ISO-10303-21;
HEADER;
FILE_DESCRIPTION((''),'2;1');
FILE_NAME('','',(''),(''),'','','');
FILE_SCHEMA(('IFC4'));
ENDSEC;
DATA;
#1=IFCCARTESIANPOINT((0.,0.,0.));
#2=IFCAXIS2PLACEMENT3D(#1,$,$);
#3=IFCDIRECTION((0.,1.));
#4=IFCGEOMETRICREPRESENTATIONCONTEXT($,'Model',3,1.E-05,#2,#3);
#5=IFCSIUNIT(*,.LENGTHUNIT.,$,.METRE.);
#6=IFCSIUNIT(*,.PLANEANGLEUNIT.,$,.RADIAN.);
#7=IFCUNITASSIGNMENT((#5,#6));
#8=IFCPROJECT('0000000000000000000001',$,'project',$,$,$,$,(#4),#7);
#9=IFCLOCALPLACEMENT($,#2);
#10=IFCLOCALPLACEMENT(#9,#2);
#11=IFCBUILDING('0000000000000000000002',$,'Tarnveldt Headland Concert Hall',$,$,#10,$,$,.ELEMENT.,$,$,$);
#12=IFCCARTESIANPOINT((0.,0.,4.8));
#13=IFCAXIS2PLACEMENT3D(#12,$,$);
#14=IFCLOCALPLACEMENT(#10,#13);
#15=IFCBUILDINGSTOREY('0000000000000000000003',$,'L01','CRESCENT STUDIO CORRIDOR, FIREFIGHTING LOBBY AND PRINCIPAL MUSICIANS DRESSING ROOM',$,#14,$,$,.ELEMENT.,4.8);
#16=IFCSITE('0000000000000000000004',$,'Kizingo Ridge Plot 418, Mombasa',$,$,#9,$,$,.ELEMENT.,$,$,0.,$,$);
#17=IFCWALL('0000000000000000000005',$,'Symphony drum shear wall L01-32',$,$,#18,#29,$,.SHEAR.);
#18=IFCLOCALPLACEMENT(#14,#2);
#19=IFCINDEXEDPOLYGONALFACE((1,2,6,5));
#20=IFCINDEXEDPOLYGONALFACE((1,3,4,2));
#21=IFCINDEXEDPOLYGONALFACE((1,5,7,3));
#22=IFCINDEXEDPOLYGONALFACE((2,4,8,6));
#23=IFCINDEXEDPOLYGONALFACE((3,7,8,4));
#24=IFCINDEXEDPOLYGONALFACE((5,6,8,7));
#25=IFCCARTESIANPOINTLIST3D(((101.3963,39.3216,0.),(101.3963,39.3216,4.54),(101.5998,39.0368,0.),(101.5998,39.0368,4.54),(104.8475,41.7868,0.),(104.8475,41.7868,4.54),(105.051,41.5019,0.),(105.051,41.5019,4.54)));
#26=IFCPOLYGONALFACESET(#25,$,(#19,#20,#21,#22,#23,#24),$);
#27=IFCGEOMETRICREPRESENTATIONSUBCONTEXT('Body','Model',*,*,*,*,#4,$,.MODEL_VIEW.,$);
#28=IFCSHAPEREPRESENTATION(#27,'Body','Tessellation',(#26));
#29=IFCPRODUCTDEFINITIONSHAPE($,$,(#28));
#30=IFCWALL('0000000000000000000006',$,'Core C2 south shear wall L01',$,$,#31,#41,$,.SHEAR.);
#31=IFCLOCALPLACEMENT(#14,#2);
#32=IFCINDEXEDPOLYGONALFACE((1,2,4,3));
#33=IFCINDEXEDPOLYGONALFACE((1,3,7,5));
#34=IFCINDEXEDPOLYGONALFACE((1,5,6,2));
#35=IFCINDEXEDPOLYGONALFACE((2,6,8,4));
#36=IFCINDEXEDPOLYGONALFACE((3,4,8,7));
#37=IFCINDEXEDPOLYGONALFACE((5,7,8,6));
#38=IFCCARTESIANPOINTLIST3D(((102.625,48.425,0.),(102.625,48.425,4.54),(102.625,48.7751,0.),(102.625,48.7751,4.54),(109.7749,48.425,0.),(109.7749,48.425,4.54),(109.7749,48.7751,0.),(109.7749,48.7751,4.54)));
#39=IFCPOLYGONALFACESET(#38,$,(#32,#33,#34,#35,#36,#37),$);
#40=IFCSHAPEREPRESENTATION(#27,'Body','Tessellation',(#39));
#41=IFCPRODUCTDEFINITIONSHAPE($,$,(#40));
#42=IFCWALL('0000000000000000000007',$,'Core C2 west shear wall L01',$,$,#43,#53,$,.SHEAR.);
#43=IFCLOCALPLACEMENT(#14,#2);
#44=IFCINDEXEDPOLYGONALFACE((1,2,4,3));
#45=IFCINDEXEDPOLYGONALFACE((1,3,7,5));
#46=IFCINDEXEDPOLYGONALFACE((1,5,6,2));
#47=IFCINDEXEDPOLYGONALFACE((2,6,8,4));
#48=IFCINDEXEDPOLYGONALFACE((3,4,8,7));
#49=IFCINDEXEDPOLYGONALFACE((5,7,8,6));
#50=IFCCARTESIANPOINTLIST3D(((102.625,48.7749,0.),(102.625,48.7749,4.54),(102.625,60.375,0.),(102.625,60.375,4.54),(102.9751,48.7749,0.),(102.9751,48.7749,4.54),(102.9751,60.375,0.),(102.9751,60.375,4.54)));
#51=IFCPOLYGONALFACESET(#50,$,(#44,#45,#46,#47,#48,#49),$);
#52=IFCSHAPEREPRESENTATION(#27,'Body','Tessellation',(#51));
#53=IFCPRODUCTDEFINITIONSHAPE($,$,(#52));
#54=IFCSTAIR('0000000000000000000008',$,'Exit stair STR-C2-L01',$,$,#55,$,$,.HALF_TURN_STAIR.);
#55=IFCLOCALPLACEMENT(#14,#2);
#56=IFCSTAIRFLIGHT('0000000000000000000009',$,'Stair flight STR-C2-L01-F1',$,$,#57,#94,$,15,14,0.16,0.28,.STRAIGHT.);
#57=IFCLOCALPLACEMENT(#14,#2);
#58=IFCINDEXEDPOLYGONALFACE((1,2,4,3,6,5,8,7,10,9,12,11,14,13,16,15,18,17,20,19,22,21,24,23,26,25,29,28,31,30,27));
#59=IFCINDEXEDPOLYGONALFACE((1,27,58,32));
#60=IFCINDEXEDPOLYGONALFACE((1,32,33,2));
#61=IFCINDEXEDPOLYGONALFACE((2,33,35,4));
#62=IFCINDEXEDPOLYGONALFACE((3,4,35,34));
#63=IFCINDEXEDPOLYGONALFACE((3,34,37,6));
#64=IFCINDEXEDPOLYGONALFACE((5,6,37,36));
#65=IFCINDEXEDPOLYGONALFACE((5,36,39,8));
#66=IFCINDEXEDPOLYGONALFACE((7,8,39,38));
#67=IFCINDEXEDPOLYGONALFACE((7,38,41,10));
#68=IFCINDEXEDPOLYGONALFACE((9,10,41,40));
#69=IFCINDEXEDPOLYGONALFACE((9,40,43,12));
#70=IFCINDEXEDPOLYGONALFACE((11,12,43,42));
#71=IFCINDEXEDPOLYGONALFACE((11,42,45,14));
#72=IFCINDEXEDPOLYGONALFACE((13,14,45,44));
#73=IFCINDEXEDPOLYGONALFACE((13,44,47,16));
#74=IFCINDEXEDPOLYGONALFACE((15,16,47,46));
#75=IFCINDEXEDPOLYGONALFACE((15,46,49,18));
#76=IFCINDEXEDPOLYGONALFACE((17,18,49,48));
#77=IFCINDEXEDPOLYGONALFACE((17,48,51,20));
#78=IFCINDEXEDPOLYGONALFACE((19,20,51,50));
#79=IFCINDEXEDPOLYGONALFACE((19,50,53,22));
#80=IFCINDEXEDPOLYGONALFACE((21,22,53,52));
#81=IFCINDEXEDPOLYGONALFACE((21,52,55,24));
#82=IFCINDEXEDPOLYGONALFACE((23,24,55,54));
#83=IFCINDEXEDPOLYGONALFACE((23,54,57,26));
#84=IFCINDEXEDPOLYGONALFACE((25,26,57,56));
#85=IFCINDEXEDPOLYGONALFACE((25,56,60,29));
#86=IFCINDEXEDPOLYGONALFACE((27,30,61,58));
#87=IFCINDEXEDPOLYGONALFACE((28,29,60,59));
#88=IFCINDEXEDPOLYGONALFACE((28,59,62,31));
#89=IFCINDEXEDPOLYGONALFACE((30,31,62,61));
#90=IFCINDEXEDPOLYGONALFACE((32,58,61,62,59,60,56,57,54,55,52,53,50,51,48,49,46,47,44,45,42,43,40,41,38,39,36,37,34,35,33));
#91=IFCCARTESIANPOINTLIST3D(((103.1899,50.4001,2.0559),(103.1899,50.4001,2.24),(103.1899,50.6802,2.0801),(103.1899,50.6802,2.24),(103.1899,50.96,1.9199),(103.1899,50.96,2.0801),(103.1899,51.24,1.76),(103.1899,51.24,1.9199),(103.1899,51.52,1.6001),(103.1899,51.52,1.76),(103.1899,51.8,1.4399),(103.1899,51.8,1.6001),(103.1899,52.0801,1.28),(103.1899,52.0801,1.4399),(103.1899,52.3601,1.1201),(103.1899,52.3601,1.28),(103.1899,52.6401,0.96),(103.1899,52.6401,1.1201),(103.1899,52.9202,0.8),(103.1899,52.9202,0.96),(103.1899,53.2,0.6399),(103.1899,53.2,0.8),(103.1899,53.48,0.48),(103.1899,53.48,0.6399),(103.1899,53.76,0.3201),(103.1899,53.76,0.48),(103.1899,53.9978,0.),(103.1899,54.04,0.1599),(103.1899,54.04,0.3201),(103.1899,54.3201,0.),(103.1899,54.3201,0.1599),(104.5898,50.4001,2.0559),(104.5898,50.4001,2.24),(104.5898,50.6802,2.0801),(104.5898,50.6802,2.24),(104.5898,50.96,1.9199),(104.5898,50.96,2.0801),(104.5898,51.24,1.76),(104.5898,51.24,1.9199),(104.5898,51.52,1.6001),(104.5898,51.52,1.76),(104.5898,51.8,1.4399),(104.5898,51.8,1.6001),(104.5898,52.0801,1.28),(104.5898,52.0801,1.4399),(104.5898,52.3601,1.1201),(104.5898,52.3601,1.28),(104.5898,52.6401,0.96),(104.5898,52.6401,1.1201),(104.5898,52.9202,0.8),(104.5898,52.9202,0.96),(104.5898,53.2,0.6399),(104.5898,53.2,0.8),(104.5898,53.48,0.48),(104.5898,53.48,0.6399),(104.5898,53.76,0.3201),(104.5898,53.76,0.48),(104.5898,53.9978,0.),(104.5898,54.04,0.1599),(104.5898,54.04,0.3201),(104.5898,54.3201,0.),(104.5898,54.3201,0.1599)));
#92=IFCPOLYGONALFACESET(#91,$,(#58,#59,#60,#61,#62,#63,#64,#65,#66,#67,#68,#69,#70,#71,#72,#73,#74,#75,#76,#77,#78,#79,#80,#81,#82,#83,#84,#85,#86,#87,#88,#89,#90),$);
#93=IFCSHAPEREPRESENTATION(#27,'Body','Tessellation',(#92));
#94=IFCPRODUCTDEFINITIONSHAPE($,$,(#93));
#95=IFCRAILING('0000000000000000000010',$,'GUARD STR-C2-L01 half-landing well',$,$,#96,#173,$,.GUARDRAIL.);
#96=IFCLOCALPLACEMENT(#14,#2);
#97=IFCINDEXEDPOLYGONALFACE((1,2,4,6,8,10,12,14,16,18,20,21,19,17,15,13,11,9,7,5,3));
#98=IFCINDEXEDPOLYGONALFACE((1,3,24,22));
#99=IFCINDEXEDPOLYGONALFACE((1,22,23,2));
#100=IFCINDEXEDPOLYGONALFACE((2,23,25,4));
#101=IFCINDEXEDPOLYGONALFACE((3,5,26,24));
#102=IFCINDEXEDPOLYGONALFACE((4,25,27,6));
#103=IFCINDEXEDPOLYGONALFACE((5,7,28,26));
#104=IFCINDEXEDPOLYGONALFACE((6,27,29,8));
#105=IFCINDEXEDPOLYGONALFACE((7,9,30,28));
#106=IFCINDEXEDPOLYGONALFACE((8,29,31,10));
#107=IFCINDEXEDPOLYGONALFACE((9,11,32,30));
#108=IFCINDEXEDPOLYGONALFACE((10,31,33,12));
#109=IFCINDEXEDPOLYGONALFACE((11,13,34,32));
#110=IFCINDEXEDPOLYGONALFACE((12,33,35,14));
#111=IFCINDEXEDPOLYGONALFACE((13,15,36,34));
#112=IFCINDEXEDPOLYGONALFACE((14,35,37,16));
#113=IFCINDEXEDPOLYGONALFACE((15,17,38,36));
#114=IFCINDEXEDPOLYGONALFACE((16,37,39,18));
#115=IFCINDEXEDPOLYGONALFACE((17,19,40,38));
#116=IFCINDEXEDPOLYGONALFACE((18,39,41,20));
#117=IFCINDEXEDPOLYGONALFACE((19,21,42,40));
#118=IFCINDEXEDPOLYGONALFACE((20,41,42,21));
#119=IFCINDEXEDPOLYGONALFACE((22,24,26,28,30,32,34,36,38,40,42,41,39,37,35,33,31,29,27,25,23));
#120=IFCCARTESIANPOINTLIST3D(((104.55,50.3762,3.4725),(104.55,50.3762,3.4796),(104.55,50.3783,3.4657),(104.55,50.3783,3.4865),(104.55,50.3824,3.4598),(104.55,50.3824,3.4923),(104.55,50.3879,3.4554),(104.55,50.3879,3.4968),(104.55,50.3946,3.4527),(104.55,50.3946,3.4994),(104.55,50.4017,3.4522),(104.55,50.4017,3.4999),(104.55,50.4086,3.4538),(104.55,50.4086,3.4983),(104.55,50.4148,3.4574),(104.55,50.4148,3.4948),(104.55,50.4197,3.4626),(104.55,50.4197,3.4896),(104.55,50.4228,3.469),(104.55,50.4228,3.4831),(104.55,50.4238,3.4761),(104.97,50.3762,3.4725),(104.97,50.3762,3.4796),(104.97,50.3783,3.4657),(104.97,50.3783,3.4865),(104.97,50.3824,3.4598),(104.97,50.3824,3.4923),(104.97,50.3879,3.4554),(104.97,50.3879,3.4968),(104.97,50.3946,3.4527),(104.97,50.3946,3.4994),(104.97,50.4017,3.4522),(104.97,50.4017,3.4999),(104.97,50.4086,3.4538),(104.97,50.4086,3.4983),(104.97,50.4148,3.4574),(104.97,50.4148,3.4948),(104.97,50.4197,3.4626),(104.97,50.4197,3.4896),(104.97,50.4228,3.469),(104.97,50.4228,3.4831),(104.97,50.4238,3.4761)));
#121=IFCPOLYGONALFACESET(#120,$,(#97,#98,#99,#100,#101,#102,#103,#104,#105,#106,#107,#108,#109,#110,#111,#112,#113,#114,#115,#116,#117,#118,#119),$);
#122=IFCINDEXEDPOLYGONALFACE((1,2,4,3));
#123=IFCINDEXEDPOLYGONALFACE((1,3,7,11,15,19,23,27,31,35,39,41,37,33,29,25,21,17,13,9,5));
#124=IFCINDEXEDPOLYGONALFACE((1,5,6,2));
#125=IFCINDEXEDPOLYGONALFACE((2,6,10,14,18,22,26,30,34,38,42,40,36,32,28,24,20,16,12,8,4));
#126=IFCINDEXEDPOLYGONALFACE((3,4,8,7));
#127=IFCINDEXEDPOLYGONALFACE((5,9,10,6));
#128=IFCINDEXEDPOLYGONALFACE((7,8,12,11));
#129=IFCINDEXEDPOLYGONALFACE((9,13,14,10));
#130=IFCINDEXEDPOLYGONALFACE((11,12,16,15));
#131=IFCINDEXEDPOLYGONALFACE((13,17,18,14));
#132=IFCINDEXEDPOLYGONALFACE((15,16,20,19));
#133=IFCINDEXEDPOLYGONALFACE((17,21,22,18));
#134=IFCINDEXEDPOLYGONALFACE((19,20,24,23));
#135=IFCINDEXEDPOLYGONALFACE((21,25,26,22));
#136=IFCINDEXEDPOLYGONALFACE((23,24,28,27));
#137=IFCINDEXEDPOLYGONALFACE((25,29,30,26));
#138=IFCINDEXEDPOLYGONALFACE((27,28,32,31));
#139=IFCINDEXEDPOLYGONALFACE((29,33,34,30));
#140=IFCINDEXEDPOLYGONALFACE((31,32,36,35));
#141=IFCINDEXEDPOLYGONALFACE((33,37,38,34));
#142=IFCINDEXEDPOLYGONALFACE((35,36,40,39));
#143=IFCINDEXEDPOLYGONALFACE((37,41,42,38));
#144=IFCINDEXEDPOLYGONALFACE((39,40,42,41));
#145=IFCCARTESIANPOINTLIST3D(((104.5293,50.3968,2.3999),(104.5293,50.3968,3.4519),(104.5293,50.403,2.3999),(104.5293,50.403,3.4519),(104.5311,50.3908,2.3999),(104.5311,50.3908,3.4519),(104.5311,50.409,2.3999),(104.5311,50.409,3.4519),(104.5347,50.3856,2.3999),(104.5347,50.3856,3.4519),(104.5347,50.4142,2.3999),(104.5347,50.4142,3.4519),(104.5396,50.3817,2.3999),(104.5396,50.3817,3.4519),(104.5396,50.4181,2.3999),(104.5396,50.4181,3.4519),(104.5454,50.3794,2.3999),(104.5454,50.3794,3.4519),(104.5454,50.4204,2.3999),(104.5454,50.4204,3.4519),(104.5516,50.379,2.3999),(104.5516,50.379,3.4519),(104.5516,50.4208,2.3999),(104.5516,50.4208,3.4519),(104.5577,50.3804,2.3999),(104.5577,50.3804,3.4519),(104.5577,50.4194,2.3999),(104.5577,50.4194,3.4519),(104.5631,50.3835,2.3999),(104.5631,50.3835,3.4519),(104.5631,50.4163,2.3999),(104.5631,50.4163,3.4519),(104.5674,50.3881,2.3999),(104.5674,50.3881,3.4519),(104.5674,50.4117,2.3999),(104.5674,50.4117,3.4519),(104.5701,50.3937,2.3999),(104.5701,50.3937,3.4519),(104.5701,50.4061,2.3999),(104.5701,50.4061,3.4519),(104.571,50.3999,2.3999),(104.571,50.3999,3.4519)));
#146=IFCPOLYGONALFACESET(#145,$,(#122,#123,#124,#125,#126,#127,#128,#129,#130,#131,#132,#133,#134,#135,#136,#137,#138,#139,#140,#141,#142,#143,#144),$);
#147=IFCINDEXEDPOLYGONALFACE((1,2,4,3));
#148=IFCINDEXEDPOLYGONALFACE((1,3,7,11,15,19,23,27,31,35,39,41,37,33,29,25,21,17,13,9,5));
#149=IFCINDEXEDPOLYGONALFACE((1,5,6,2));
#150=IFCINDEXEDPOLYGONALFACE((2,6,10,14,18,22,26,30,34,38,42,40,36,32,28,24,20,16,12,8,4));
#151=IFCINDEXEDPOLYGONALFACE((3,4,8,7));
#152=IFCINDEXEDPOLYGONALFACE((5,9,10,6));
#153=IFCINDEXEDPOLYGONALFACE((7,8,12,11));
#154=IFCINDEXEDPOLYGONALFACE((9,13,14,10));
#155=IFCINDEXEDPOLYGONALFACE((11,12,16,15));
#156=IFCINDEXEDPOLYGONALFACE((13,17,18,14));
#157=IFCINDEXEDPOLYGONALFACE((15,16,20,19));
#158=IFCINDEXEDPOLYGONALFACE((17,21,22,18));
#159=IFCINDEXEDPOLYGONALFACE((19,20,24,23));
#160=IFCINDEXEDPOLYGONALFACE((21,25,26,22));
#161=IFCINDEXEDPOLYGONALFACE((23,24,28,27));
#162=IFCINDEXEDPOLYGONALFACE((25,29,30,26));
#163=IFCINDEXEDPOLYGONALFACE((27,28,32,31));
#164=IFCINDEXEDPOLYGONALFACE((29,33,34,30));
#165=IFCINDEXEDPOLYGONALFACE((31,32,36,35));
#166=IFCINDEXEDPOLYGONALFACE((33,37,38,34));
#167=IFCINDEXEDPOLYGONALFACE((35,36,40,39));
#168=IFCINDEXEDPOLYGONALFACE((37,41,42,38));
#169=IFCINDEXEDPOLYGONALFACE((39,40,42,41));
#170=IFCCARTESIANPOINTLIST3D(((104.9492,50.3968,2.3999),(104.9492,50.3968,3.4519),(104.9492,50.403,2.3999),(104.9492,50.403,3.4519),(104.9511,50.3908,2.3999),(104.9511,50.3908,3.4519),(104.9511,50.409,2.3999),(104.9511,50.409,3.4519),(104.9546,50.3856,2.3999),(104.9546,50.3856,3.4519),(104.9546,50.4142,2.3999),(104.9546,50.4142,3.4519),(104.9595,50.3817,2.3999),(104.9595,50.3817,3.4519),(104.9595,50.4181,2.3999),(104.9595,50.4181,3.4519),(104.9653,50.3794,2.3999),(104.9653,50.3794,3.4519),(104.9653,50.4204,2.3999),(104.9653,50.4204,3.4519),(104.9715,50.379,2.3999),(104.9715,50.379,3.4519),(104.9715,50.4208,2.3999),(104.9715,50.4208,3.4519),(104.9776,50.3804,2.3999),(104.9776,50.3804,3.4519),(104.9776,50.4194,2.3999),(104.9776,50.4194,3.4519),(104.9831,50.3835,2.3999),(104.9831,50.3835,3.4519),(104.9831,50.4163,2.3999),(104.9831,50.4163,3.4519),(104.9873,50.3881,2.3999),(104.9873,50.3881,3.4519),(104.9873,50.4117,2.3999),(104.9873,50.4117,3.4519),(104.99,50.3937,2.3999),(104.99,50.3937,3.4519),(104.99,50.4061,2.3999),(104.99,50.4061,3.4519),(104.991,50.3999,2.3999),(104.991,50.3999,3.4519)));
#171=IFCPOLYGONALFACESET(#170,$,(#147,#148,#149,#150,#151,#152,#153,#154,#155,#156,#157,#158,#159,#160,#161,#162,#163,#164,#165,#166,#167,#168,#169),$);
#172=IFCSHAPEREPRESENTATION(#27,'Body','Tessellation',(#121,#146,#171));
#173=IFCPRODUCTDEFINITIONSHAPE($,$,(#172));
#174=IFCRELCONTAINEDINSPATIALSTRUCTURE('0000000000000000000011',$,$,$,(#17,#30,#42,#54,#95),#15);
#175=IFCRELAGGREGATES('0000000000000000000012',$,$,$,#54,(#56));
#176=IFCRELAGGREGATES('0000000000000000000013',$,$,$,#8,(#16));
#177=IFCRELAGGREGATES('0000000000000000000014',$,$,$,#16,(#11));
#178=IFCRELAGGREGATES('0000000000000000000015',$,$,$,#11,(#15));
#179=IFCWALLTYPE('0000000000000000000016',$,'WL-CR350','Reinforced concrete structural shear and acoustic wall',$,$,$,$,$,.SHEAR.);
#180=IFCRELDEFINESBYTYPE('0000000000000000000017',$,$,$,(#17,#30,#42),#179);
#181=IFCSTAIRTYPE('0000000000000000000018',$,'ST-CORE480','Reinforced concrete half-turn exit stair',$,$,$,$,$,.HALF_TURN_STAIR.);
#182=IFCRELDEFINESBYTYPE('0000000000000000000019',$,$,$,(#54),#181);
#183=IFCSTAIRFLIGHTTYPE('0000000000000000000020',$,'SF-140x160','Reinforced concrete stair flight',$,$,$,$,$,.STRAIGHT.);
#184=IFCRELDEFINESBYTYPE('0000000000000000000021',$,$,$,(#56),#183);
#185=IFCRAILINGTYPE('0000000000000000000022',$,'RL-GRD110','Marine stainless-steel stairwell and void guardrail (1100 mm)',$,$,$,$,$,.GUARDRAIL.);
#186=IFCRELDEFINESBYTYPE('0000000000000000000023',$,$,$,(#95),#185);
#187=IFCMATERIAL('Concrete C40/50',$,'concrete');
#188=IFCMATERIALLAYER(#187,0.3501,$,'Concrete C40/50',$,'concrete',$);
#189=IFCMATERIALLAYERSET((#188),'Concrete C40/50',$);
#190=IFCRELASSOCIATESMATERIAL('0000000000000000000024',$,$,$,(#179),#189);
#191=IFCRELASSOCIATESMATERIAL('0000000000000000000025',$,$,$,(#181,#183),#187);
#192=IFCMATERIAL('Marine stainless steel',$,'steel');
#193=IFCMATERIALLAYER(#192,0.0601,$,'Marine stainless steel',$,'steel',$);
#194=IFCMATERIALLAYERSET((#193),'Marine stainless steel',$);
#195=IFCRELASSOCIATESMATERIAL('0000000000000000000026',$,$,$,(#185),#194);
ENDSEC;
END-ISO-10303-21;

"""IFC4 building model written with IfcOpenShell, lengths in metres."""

from ifc_helpers import new_model, si_unit, direction, frame, frame_2d, origin, origin_2d, place, context, subcontext, project, spatial, polyline, rectangle, circle, outline, extrude, material, layer, layer_set, type_object, element, aggregate, save


model = new_model("IFC4")

# Units and contexts
model_context = context("Model", 3, precision=1e-05, world=origin(), true_north=direction((0.0, 1.0)))
body_context = subcontext(model_context, "Body", "Model", "MODEL_VIEW")
ifc_project = project(units=[si_unit("LENGTHUNIT", "METRE"), si_unit("PLANEANGLEUNIT", "RADIAN")], contexts=[model_context])

# Site, building, storey
site_placement = place(None, origin())
site = spatial("IfcSite", under=ifc_project, at=site_placement, Name="Kizingo Ridge Plot 418, Mombasa", CompositionType="ELEMENT", RefElevation=0.0)
building_placement = place(site_placement, origin())
building = spatial("IfcBuilding", under=site, at=building_placement, Name="Tarnveldt Headland Concert Hall", CompositionType="ELEMENT")
storey_placement = place(building_placement, frame((0.0, 0.0, 4.8)))
storey = spatial("IfcBuildingStorey", under=building, at=storey_placement, Name="L01", Description="CRESCENT STUDIO CORRIDOR, FIREFIGHTING LOBBY AND PRINCIPAL MUSICIANS DRESSING ROOM", CompositionType="ELEMENT", Elevation=4.8)

# Shared definitions
ifc_material_1 = material(Name="Concrete C40/50", Category="concrete")

# Walls
ifc_layer_1 = layer(ifc_material_1, 0.3501, Name="Concrete C40/50", Category="concrete")
ifc_layer_set_1 = layer_set([ifc_layer_1], Name="Concrete C40/50")
wall_type_1 = type_object("IfcWallType", Name="WL-CR350", Description="Reinforced concrete structural shear and acoustic wall", PredefinedType="SHEAR", material=ifc_layer_set_1)
wall_1_placement = place(storey_placement, frame((101.498, 39.1792, 0.0), z_axis=(0.0, 0.0, 1.0), x_axis=(0.813737, 0.581233, 0.0)))
element("IfcWall", 1, at=wall_1_placement, inside=storey, type_object=wall_type_1, Name="Symphony drum shear wall L01-32", PredefinedType="SHEAR", context=body_context, shape_type="SweptSolid", body=[
    extrude(rectangle(XDim=4.2412, YDim=0.3501, at=frame_2d((2.1206, 0.0))), origin(), (0.0, 0.0, 1.0), 4.54),
])
wall_2_placement = place(storey_placement, frame((102.625, 48.6001, 0.0), z_axis=(0.0, 0.0, 1.0), x_axis=(1.0, 0.0, 0.0)))
element("IfcWall", 2, at=wall_2_placement, inside=storey, type_object=wall_type_1, Name="Core C2 south shear wall L01", PredefinedType="SHEAR", context=body_context, shape_type="SweptSolid", body=[
    extrude(rectangle(XDim=7.1499, YDim=0.3501, at=frame_2d((3.575, 0.0))), origin(), (0.0, 0.0, 1.0), 4.54),
])
wall_3_placement = place(storey_placement, frame((102.8, 48.7749, 0.0), z_axis=(0.0, 0.0, 1.0), x_axis=(0.0, 1.0, 0.0)))
element("IfcWall", 3, at=wall_3_placement, inside=storey, type_object=wall_type_1, Name="Core C2 west shear wall L01", PredefinedType="SHEAR", context=body_context, shape_type="SweptSolid", body=[
    extrude(rectangle(XDim=11.6001, YDim=0.3501, at=frame_2d((5.8, 0.0))), origin(), (0.0, 0.0, 1.0), 4.54),
])

# Stair, stair flight
stair_type = type_object("IfcStairType", Name="ST-CORE480", Description="Reinforced concrete half-turn exit stair", PredefinedType="HALF_TURN_STAIR", material=ifc_material_1)
stair_placement = place(storey_placement, origin())
stair = element("IfcStair", 4, at=stair_placement, inside=storey, type_object=stair_type, Name="Exit stair STR-C2-L01", PredefinedType="HALF_TURN_STAIR")
stair_flight_type = type_object("IfcStairFlightType", Name="SF-140x160", Description="Reinforced concrete stair flight", PredefinedType="STRAIGHT", material=ifc_material_1)
stair_flight_placement = place(storey_placement, frame((103.8899, 54.3201, 0.0), z_axis=(0.0, 0.0, 1.0), x_axis=(0.0, -1.0, 0.0)))
stair_flight = element("IfcStairFlight", 5, at=stair_flight_placement, type_object=stair_flight_type, Name="Stair flight STR-C2-L01-F1", NumberOfRisers=15, NumberOfTreads=14, PredefinedType="STRAIGHT", RiserHeight=0.16, TreadLength=0.28, context=body_context, shape_type="SweptSolid", body=[
    extrude(outline(polyline([(0.0, 0.0), (0.0, 0.1599), (0.28, 0.1599), (0.28, 0.3201), (0.5601, 0.3201), (0.5601, 0.48), (0.8401, 0.48), (0.8401, 0.6399), (1.1201, 0.6399), (1.1201, 0.8), (1.3999, 0.8), (1.3999, 0.96), (1.6799, 0.96), (1.6799, 1.1201), (1.96, 1.1201), (1.96, 1.28), (2.24, 1.28), (2.24, 1.4399), (2.52, 1.4399), (2.52, 1.6001), (2.8, 1.6001), (2.8, 1.76), (3.0801, 1.76), (3.0801, 1.9199), (3.3601, 1.9199), (3.3601, 2.0801), (3.6399, 2.0801), (3.6399, 2.24), (3.9199, 2.24), (3.9199, 2.3999), (3.9199, 2.0559), (0.3223, 0.0), (0.0, 0.0)])), frame((0.0, 0.7, 0.0), z_axis=(0.0, -1.0, 0.0), x_axis=(1.0, 0.0, 0.0)), (0.0, 0.0, 1.0), 1.3999),
])
aggregate(stair, [stair_flight])

# Railing
ifc_material_2 = material(Name="Marine stainless steel", Category="steel")
ifc_layer_2 = layer(ifc_material_2, 0.0601, Name="Marine stainless steel", Category="steel")
ifc_layer_set_2 = layer_set([ifc_layer_2], Name="Marine stainless steel")
railing_type_1 = type_object("IfcRailingType", Name="RL-GRD110", Description="Marine stainless-steel stairwell and void guardrail (1100 mm)", PredefinedType="GUARDRAIL", material=ifc_layer_set_2)
railing_1_placement = place(storey_placement, frame((104.55, 50.3999, 2.3999)))
element("IfcRailing", 6, at=railing_1_placement, inside=storey, type_object=railing_type_1, Name="GUARD STR-C2-L01 half-landing well", PredefinedType="GUARDRAIL", context=body_context, shape_type="SweptSolid", body=[
    extrude(circle(Radius=0.0239, at=origin_2d()), frame((0.0, 0.0, 1.0762), z_axis=(1.0, 0.0, 0.0), x_axis=(0.0, 1.0, 0.0)), (0.0, 0.0, 1.0), 0.4199),
    extrude(circle(Radius=0.021, at=origin_2d()), origin(), (0.0, 0.0, 1.0), 1.052),
    extrude(circle(Radius=0.021, at=origin_2d()), frame((0.4199, 0.0, 0.0)), (0.0, 0.0, 1.0), 1.052),
])

save(model, "model.ifc")
